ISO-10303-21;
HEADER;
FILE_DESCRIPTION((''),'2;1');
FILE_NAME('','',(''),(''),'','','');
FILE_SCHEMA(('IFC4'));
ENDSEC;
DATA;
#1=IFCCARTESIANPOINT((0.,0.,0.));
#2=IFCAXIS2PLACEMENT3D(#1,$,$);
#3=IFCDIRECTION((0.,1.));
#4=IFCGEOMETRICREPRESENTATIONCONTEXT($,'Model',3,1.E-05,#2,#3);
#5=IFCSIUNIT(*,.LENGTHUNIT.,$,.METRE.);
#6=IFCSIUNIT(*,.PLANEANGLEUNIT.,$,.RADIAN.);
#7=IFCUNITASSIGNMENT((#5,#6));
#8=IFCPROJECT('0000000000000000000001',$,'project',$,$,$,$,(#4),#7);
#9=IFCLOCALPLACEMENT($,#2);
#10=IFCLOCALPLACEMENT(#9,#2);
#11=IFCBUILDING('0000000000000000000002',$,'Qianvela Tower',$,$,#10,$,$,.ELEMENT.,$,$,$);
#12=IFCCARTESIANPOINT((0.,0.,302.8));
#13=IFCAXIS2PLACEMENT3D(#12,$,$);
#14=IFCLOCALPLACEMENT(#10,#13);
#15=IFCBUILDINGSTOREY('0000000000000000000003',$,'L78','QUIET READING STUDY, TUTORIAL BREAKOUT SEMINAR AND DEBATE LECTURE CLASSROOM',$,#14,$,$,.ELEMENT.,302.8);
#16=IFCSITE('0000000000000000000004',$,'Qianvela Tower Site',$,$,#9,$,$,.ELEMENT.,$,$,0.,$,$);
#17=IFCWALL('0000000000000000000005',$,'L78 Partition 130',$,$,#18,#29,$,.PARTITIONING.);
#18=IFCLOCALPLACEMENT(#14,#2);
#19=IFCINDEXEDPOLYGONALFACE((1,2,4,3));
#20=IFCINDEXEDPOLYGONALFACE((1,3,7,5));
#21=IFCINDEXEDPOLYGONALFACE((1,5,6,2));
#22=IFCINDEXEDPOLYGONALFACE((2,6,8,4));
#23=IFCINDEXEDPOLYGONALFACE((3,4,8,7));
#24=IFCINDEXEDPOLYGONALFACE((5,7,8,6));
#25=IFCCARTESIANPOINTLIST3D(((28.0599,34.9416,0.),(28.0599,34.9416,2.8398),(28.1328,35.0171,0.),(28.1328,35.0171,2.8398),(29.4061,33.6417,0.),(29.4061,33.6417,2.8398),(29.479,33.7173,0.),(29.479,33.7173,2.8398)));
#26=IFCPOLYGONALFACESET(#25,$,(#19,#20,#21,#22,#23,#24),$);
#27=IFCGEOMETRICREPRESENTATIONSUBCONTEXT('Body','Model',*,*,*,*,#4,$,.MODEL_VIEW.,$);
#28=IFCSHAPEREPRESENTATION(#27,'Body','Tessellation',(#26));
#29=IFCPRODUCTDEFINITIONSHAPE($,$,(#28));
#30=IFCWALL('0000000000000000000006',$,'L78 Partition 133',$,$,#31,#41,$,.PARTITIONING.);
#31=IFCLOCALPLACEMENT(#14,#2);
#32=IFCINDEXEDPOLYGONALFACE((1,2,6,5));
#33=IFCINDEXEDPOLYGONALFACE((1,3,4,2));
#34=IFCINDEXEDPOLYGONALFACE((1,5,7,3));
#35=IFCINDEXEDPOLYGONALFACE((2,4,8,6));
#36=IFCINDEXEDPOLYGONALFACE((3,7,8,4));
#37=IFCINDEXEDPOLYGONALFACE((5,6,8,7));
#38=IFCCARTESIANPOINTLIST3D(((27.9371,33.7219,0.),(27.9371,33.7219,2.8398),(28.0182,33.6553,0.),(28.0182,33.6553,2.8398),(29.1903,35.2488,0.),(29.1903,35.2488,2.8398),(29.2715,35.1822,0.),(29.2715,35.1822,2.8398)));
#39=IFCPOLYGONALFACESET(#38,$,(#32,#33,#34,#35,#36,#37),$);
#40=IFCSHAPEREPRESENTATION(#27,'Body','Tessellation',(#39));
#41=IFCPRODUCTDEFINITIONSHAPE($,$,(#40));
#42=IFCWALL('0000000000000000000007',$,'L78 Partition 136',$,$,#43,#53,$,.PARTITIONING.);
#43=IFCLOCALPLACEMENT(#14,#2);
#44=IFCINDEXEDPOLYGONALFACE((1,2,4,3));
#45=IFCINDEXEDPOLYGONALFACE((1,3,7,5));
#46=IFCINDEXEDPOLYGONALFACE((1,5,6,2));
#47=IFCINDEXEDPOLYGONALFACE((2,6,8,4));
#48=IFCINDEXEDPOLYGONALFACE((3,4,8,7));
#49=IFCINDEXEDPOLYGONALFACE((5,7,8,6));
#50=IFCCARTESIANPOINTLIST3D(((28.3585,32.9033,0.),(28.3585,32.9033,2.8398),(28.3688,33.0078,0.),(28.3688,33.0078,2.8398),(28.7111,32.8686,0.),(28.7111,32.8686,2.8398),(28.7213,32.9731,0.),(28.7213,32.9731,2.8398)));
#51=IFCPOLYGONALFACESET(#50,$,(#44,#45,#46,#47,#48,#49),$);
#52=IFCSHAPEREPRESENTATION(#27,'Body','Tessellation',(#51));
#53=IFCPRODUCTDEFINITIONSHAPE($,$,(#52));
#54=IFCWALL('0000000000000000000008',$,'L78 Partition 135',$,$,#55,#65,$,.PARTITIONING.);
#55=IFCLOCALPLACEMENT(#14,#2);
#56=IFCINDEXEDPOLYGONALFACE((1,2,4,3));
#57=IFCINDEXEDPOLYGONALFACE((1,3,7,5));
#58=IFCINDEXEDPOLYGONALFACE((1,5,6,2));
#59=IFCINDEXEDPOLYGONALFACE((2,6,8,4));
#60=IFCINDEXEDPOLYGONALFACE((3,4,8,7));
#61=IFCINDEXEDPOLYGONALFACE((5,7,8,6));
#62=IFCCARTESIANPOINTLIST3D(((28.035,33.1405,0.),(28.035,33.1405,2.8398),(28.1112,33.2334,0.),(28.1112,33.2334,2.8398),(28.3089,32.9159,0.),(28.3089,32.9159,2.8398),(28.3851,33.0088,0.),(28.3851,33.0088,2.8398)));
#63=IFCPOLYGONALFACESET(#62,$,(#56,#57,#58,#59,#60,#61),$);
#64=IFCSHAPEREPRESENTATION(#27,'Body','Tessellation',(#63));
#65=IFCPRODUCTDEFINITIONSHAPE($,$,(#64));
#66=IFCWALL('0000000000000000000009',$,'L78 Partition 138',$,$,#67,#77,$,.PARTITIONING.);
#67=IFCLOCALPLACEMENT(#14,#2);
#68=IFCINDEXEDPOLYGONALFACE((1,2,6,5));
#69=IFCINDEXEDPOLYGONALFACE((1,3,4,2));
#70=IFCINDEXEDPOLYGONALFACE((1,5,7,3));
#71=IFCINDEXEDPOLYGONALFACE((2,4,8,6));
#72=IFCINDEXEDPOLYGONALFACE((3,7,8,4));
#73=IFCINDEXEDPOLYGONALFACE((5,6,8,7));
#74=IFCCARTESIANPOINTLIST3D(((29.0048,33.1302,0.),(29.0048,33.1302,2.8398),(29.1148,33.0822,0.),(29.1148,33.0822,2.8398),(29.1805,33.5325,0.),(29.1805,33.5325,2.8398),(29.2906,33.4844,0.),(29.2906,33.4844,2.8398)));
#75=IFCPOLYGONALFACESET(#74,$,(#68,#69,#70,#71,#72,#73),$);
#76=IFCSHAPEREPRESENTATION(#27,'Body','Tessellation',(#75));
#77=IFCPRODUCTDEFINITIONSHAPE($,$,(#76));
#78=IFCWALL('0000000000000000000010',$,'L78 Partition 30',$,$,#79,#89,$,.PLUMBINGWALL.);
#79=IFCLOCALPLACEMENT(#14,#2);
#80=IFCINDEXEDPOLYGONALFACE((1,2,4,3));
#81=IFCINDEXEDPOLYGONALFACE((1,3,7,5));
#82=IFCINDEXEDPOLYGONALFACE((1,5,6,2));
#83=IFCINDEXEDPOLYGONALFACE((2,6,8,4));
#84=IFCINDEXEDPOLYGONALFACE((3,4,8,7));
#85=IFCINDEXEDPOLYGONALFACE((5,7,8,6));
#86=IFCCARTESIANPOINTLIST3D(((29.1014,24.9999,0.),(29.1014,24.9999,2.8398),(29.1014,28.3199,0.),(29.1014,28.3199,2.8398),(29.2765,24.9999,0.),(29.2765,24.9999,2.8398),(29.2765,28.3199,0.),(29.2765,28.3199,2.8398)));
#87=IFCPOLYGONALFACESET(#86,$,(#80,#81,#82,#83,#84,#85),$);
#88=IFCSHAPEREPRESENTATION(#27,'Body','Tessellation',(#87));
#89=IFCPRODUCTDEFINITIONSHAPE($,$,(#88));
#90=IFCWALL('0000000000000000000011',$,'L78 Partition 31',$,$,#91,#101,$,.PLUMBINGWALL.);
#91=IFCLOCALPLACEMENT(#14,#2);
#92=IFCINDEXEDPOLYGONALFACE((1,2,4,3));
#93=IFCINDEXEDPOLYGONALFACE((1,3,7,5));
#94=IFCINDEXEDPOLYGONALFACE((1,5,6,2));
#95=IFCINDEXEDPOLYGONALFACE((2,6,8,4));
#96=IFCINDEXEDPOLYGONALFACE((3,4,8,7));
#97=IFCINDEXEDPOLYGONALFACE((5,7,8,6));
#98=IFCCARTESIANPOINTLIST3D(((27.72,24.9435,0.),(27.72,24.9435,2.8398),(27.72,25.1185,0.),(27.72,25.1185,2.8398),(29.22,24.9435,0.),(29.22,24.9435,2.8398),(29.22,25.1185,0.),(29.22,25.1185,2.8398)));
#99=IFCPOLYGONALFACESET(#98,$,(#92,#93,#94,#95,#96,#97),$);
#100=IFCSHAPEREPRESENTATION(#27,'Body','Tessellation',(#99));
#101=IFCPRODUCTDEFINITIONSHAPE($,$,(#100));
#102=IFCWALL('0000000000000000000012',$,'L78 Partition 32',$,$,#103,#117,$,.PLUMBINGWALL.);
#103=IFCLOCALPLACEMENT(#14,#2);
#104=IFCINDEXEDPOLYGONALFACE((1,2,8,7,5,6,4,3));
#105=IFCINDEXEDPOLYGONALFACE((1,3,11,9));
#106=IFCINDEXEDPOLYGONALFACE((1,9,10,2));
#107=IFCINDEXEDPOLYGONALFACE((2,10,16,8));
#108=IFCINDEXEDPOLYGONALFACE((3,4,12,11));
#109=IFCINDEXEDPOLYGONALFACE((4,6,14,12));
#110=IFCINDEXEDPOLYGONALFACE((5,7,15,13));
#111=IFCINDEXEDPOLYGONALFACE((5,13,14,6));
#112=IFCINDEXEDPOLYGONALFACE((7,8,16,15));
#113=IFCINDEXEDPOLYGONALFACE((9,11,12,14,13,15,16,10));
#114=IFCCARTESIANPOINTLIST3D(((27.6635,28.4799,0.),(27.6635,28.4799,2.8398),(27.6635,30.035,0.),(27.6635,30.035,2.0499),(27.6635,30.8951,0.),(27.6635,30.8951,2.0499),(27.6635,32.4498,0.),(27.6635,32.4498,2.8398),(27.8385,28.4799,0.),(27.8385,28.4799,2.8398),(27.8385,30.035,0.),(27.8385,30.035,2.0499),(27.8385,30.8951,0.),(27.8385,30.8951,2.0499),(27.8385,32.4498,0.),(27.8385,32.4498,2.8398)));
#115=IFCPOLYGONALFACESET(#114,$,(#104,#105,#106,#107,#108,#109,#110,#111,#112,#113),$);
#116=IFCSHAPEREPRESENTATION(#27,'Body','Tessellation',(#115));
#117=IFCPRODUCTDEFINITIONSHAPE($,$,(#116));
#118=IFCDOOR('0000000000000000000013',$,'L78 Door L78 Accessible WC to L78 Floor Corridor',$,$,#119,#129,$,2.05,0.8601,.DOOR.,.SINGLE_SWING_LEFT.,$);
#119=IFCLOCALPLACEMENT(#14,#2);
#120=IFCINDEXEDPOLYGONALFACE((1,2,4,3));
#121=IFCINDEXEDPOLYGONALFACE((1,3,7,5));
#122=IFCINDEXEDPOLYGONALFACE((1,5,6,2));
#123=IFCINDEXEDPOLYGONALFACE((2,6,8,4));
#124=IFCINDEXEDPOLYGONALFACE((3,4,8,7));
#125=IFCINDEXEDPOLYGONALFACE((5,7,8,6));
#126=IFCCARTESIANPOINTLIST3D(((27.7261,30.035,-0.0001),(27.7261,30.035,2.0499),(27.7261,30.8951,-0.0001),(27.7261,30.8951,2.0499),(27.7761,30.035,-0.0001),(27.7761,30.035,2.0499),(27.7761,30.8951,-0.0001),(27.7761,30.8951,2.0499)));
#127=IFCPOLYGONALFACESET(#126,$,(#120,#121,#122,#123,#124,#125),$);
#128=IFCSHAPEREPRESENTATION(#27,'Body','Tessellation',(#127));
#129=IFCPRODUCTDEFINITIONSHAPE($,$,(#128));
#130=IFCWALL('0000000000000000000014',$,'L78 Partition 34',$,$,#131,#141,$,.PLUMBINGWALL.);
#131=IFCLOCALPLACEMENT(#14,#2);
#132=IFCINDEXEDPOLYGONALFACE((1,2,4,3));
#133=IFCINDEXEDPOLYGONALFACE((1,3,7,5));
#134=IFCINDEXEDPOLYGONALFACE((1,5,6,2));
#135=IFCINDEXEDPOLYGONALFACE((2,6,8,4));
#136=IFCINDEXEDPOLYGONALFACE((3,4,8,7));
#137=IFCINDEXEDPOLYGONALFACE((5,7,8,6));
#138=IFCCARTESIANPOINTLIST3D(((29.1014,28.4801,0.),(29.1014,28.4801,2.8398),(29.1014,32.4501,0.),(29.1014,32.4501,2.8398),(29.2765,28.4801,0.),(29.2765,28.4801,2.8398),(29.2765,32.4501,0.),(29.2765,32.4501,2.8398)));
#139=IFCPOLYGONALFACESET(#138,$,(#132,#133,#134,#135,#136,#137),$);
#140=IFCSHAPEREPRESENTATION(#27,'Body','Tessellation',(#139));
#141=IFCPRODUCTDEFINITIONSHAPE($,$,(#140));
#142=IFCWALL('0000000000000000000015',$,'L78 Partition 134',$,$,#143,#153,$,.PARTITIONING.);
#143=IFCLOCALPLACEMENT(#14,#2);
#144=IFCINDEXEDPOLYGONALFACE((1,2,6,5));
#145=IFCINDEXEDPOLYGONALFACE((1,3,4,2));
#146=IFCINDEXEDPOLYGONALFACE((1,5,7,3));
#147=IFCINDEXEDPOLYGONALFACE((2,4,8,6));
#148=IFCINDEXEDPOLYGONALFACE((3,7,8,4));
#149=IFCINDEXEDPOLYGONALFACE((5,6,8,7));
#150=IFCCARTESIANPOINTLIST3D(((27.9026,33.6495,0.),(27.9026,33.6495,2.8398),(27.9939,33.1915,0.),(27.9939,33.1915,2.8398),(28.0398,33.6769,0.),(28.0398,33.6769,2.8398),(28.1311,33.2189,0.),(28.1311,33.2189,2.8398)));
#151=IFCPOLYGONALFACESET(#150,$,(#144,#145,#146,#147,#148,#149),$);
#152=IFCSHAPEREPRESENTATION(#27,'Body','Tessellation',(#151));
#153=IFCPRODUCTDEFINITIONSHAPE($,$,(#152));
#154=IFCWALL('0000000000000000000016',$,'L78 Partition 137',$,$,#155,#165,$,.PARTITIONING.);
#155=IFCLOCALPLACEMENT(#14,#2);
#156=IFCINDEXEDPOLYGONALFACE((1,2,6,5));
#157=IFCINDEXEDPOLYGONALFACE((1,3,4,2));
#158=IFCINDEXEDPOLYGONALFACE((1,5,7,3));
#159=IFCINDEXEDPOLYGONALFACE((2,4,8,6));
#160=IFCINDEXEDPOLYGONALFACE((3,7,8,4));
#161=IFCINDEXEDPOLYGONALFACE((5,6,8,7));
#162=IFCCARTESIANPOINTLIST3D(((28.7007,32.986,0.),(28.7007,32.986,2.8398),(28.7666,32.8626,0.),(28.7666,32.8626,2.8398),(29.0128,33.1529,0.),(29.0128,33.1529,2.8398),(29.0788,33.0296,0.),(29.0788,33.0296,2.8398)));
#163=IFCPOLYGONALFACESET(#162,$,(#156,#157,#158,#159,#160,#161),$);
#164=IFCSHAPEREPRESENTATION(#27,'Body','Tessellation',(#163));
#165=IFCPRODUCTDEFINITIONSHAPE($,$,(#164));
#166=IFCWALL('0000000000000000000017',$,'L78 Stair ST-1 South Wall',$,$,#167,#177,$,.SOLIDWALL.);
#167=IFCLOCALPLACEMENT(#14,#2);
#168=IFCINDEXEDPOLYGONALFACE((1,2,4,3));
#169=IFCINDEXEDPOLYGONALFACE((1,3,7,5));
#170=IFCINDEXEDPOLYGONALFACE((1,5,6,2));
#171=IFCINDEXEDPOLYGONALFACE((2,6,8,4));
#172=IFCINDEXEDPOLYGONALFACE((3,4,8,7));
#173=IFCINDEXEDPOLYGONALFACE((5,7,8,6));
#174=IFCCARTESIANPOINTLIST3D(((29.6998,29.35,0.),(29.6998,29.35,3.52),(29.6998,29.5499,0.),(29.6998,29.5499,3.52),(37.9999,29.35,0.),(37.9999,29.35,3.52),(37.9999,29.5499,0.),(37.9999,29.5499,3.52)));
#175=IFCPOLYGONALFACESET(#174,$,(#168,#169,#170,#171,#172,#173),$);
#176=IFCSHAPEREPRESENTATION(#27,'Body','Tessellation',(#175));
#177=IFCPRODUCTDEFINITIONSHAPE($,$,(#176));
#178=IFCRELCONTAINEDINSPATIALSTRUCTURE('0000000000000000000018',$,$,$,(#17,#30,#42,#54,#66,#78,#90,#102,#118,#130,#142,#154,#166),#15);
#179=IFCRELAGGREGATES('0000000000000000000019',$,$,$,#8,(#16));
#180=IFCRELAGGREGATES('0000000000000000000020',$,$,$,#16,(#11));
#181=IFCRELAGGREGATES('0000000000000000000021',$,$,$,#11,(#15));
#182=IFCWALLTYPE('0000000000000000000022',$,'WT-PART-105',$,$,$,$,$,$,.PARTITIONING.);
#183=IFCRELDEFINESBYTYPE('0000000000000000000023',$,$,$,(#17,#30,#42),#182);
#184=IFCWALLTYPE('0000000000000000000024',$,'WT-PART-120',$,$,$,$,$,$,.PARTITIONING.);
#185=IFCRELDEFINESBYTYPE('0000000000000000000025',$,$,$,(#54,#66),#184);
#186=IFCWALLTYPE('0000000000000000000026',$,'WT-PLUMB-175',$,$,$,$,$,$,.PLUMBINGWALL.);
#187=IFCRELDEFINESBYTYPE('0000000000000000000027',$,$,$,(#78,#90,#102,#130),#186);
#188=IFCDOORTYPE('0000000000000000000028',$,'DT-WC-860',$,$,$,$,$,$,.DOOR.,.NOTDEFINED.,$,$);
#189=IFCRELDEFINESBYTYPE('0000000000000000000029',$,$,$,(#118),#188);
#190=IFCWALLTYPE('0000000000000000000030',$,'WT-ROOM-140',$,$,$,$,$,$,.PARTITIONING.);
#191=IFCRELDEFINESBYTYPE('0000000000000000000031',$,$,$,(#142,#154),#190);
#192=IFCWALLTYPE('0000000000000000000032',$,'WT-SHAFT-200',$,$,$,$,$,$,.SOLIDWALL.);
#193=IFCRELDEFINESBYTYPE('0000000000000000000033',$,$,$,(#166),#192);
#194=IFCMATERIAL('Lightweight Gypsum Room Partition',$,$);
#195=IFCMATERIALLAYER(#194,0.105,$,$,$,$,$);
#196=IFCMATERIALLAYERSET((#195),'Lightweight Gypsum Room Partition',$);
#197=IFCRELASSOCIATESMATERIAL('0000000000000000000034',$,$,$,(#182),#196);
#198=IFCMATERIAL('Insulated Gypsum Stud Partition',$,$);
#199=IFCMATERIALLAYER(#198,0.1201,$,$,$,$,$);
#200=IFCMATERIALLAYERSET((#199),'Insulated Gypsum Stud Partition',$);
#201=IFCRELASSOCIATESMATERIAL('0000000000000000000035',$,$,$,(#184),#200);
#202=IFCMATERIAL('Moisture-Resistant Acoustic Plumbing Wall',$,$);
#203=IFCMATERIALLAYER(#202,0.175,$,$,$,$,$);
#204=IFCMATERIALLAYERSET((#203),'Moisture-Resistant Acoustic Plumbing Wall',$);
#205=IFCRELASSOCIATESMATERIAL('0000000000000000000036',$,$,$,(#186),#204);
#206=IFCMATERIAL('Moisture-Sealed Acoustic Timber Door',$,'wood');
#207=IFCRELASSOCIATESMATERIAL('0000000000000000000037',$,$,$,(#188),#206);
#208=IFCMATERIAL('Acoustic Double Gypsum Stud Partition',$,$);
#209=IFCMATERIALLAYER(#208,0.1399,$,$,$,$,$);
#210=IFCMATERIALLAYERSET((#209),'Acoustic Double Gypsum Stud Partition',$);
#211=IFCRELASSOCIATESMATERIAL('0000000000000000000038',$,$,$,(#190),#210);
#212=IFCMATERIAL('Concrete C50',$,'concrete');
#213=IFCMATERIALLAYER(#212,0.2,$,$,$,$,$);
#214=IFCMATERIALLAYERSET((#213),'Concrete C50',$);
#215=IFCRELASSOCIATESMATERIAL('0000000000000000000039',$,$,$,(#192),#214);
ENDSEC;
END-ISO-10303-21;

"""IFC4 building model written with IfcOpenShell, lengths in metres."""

from ifc_helpers import new_model, si_unit, direction, frame, frame_2d, origin, place, context, subcontext, project, spatial, rectangle, extrude, material, layer, layer_set, type_object, element, fill, save


model = new_model("IFC4")

# Units and contexts
model_context = context("Model", 3, precision=1e-05, world=origin(), true_north=direction((0.0, 1.0)))
body_context = subcontext(model_context, "Body", "Model", "MODEL_VIEW")
ifc_project = project(units=[si_unit("LENGTHUNIT", "METRE"), si_unit("PLANEANGLEUNIT", "RADIAN")], contexts=[model_context])

# Site, building, storey
site_placement = place(None, origin())
site = spatial("IfcSite", under=ifc_project, at=site_placement, Name="Qianvela Tower Site", CompositionType="ELEMENT", RefElevation=0.0)
building_placement = place(site_placement, origin())
building = spatial("IfcBuilding", under=site, at=building_placement, Name="Qianvela Tower", CompositionType="ELEMENT")
storey_placement = place(building_placement, frame((0.0, 0.0, 302.8)))
storey = spatial("IfcBuildingStorey", under=building, at=storey_placement, Name="L78", Description="QUIET READING STUDY, TUTORIAL BREAKOUT SEMINAR AND DEBATE LECTURE CLASSROOM", CompositionType="ELEMENT", Elevation=302.8)

# Walls
ifc_material_1 = material(Name="Lightweight Gypsum Room Partition")
ifc_layer_1 = layer(ifc_material_1, 0.105)
ifc_layer_set_1 = layer_set([ifc_layer_1], Name="Lightweight Gypsum Room Partition")
wall_type_1 = type_object("IfcWallType", Name="WT-PART-105", PredefinedType="PARTITIONING", material=ifc_layer_set_1)
wall_1_placement = place(storey_placement, frame((28.0964, 34.9792, 0.0), z_axis=(0.0, 0.0, 1.0), x_axis=(0.719392, -0.694604, 0.0)))
element("IfcWall", 1, at=wall_1_placement, inside=storey, type_object=wall_type_1, Name="L78 Partition 130", PredefinedType="PARTITIONING", context=body_context, shape_type="SweptSolid", body=[
    extrude(rectangle(XDim=1.8713, YDim=0.105, at=frame_2d((0.9355, 0.0))), origin(), (0.0, 0.0, 1.0), 2.8398),
])
wall_2_placement = place(storey_placement, frame((29.231, 35.2156, 0.0), z_axis=(0.0, 0.0, 1.0), x_axis=(-0.634428, -0.772982, 0.0)))
element("IfcWall", 2, at=wall_2_placement, inside=storey, type_object=wall_type_1, Name="L78 Partition 133", PredefinedType="PARTITIONING", context=body_context, shape_type="SweptSolid", body=[
    extrude(rectangle(XDim=1.9753, YDim=0.105, at=frame_2d((0.9878, 0.0))), origin(), (0.0, 0.0, 1.0), 2.8398),
])
wall_3_placement = place(storey_placement, frame((28.3635, 32.9556, 0.0), z_axis=(0.0, 0.0, 1.0), x_axis=(0.9952, -0.097866, 0.0)))
element("IfcWall", 3, at=wall_3_placement, inside=storey, type_object=wall_type_1, Name="L78 Partition 136", PredefinedType="PARTITIONING", context=body_context, shape_type="SweptSolid", body=[
    extrude(rectangle(XDim=0.3542, YDim=0.105, at=frame_2d((0.1772, 0.0))), origin(), (0.0, 0.0, 1.0), 2.8398),
])
ifc_material_2 = material(Name="Insulated Gypsum Stud Partition")
ifc_layer_2 = layer(ifc_material_2, 0.1201)
ifc_layer_set_2 = layer_set([ifc_layer_2], Name="Insulated Gypsum Stud Partition")
wall_type_2 = type_object("IfcWallType", Name="WT-PART-120", PredefinedType="PARTITIONING", material=ifc_layer_set_2)
wall_4_placement = place(storey_placement, frame((28.073, 33.187, 0.0), z_axis=(0.0, 0.0, 1.0), x_axis=(0.773281, -0.634063, 0.0)))
element("IfcWall", 4, at=wall_4_placement, inside=storey, type_object=wall_type_2, Name="L78 Partition 135", PredefinedType="PARTITIONING", context=body_context, shape_type="SweptSolid", body=[
    extrude(rectangle(XDim=0.3542, YDim=0.1201, at=frame_2d((0.1772, 0.0))), origin(), (0.0, 0.0, 1.0), 2.8398),
])
wall_5_placement = place(storey_placement, frame((29.0598, 33.1062, 0.0), z_axis=(0.0, 0.0, 1.0), x_axis=(0.400352, 0.916361, 0.0)))
element("IfcWall", 5, at=wall_5_placement, inside=storey, type_object=wall_type_2, Name="L78 Partition 138", PredefinedType="PARTITIONING", context=body_context, shape_type="SweptSolid", body=[
    extrude(rectangle(XDim=0.439, YDim=0.1201, at=frame_2d((0.2195, 0.0))), origin(), (0.0, 0.0, 1.0), 2.8398),
])
ifc_material_3 = material(Name="Moisture-Resistant Acoustic Plumbing Wall")
ifc_layer_3 = layer(ifc_material_3, 0.175)
ifc_layer_set_3 = layer_set([ifc_layer_3], Name="Moisture-Resistant Acoustic Plumbing Wall")
wall_type_3 = type_object("IfcWallType", Name="WT-PLUMB-175", PredefinedType="PLUMBINGWALL", material=ifc_layer_set_3)
wall_6_placement = place(storey_placement, frame((29.189, 28.3201, 0.0), z_axis=(0.0, 0.0, 1.0), x_axis=(0.0, -1.0, 0.0)))
element("IfcWall", 6, at=wall_6_placement, inside=storey, type_object=wall_type_3, Name="L78 Partition 30", PredefinedType="PLUMBINGWALL", context=body_context, shape_type="SweptSolid", body=[
    extrude(rectangle(XDim=3.3201, YDim=0.175, at=frame_2d((1.6602, 0.0))), origin(), (0.0, 0.0, 1.0), 2.8398),
])
wall_7_placement = place(storey_placement, frame((29.22, 25.031, 0.0), z_axis=(0.0, 0.0, 1.0), x_axis=(-1.0, 0.0, 0.0)))
element("IfcWall", 7, at=wall_7_placement, inside=storey, type_object=wall_type_3, Name="L78 Partition 31", PredefinedType="PLUMBINGWALL", context=body_context, shape_type="SweptSolid", body=[
    extrude(rectangle(XDim=1.5, YDim=0.175, at=frame_2d((0.75, 0.0))), origin(), (0.0, 0.0, 1.0), 2.8398),
])

# Wall, opening, door
wall_8_placement = place(storey_placement, frame((27.751, 28.48, 0.0), z_axis=(0.0, 0.0, 1.0), x_axis=(0.0, 1.0, 0.0)))
wall_8 = element("IfcWall", 8, at=wall_8_placement, inside=storey, type_object=wall_type_3, Name="L78 Partition 32", PredefinedType="PLUMBINGWALL", context=body_context, shape_type="SweptSolid", body=[
    extrude(rectangle(XDim=3.97, YDim=0.175, at=frame_2d((1.9849, 0.0))), origin(), (0.0, 0.0, 1.0), 2.8398),
])
opening_1_placement = place(wall_8_placement, frame((1.5549, 0.0, 0.0)))
opening_1 = element("IfcOpeningElement", 9, at=opening_1_placement, cuts=wall_8, PredefinedType="OPENING", context=body_context, shape_type="SweptSolid", body=[
    extrude(rectangle(XDim=0.8601, YDim=2.05, at=frame_2d((0.4302, 1.0249))), frame((0.0, 0.0974, 0.0), z_axis=(0.0, -1.0, 0.0), x_axis=(1.0, 0.0, 0.0)), (0.0, 0.0, 1.0), 0.1951),
])
ifc_material_4 = material(Name="Moisture-Sealed Acoustic Timber Door", Category="wood")
door_type_1 = type_object("IfcDoorType", Name="DT-WC-860", OperationType="NOTDEFINED", PredefinedType="DOOR", material=ifc_material_4)
door_1_placement = place(opening_1_placement, origin())
door_1 = element("IfcDoor", 10, at=door_1_placement, inside=storey, type_object=door_type_1, Name="L78 Door L78 Accessible WC to L78 Floor Corridor", OperationType="SINGLE_SWING_LEFT", OverallHeight=2.05, OverallWidth=0.8601, PredefinedType="DOOR", context=body_context, shape_type="SweptSolid", body=[
    extrude(rectangle(XDim=0.8601, YDim=2.05, at=frame_2d((0.4302, 1.0249))), frame((0.0, 0.0249, 0.0), z_axis=(0.0, -1.0, 0.0), x_axis=(1.0, 0.0, 0.0)), (0.0, 0.0, 1.0), 0.05),
])
fill(opening_1, door_1)

# Walls
wall_9_placement = place(storey_placement, frame((29.189, 32.45, 0.0), z_axis=(0.0, 0.0, 1.0), x_axis=(0.0, -1.0, 0.0)))
element("IfcWall", 11, at=wall_9_placement, inside=storey, type_object=wall_type_3, Name="L78 Partition 34", PredefinedType="PLUMBINGWALL", context=body_context, shape_type="SweptSolid", body=[
    extrude(rectangle(XDim=3.97, YDim=0.175, at=frame_2d((1.9849, 0.0))), origin(), (0.0, 0.0, 1.0), 2.8398),
])
ifc_material_5 = material(Name="Acoustic Double Gypsum Stud Partition")
ifc_layer_4 = layer(ifc_material_5, 0.1399)
ifc_layer_set_4 = layer_set([ifc_layer_4], Name="Acoustic Double Gypsum Stud Partition")
wall_type_4 = type_object("IfcWallType", Name="WT-ROOM-140", PredefinedType="PARTITIONING", material=ifc_layer_set_4)
wall_10_placement = place(storey_placement, frame((27.9712, 33.6631, 0.0), z_axis=(0.0, 0.0, 1.0), x_axis=(0.195513, -0.980701, 0.0)))
element("IfcWall", 12, at=wall_10_placement, inside=storey, type_object=wall_type_4, Name="L78 Partition 134", PredefinedType="PARTITIONING", context=body_context, shape_type="SweptSolid", body=[
    extrude(rectangle(XDim=0.467, YDim=0.1399, at=frame_2d((0.2334, 0.0))), origin(), (0.0, 0.0, 1.0), 2.8398),
])
wall_11_placement = place(storey_placement, frame((28.7336, 32.9243, 0.0), z_axis=(0.0, 0.0, 1.0), x_axis=(0.881818, 0.47159, 0.0)))
element("IfcWall", 13, at=wall_11_placement, inside=storey, type_object=wall_type_4, Name="L78 Partition 137", PredefinedType="PARTITIONING", context=body_context, shape_type="SweptSolid", body=[
    extrude(rectangle(XDim=0.354, YDim=0.1399, at=frame_2d((0.177, 0.0))), origin(), (0.0, 0.0, 1.0), 2.8398),
])
ifc_material_6 = material(Name="Concrete C50", Category="concrete")
ifc_layer_5 = layer(ifc_material_6, 0.2)
ifc_layer_set_5 = layer_set([ifc_layer_5], Name="Concrete C50")
wall_type_5 = type_object("IfcWallType", Name="WT-SHAFT-200", PredefinedType="SOLIDWALL", material=ifc_layer_set_5)
wall_12_placement = place(storey_placement, frame((29.7, 29.45, 0.0), z_axis=(0.0, 0.0, 1.0), x_axis=(1.0, 0.0, 0.0)))
element("IfcWall", 14, at=wall_12_placement, inside=storey, type_object=wall_type_5, Name="L78 Stair ST-1 South Wall", PredefinedType="SOLIDWALL", context=body_context, shape_type="SweptSolid", body=[
    extrude(rectangle(XDim=8.3, YDim=0.2, at=frame_2d((4.1499, 0.0))), origin(), (0.0, 0.0, 1.0), 3.52),
])

save(model, "model.ifc")
